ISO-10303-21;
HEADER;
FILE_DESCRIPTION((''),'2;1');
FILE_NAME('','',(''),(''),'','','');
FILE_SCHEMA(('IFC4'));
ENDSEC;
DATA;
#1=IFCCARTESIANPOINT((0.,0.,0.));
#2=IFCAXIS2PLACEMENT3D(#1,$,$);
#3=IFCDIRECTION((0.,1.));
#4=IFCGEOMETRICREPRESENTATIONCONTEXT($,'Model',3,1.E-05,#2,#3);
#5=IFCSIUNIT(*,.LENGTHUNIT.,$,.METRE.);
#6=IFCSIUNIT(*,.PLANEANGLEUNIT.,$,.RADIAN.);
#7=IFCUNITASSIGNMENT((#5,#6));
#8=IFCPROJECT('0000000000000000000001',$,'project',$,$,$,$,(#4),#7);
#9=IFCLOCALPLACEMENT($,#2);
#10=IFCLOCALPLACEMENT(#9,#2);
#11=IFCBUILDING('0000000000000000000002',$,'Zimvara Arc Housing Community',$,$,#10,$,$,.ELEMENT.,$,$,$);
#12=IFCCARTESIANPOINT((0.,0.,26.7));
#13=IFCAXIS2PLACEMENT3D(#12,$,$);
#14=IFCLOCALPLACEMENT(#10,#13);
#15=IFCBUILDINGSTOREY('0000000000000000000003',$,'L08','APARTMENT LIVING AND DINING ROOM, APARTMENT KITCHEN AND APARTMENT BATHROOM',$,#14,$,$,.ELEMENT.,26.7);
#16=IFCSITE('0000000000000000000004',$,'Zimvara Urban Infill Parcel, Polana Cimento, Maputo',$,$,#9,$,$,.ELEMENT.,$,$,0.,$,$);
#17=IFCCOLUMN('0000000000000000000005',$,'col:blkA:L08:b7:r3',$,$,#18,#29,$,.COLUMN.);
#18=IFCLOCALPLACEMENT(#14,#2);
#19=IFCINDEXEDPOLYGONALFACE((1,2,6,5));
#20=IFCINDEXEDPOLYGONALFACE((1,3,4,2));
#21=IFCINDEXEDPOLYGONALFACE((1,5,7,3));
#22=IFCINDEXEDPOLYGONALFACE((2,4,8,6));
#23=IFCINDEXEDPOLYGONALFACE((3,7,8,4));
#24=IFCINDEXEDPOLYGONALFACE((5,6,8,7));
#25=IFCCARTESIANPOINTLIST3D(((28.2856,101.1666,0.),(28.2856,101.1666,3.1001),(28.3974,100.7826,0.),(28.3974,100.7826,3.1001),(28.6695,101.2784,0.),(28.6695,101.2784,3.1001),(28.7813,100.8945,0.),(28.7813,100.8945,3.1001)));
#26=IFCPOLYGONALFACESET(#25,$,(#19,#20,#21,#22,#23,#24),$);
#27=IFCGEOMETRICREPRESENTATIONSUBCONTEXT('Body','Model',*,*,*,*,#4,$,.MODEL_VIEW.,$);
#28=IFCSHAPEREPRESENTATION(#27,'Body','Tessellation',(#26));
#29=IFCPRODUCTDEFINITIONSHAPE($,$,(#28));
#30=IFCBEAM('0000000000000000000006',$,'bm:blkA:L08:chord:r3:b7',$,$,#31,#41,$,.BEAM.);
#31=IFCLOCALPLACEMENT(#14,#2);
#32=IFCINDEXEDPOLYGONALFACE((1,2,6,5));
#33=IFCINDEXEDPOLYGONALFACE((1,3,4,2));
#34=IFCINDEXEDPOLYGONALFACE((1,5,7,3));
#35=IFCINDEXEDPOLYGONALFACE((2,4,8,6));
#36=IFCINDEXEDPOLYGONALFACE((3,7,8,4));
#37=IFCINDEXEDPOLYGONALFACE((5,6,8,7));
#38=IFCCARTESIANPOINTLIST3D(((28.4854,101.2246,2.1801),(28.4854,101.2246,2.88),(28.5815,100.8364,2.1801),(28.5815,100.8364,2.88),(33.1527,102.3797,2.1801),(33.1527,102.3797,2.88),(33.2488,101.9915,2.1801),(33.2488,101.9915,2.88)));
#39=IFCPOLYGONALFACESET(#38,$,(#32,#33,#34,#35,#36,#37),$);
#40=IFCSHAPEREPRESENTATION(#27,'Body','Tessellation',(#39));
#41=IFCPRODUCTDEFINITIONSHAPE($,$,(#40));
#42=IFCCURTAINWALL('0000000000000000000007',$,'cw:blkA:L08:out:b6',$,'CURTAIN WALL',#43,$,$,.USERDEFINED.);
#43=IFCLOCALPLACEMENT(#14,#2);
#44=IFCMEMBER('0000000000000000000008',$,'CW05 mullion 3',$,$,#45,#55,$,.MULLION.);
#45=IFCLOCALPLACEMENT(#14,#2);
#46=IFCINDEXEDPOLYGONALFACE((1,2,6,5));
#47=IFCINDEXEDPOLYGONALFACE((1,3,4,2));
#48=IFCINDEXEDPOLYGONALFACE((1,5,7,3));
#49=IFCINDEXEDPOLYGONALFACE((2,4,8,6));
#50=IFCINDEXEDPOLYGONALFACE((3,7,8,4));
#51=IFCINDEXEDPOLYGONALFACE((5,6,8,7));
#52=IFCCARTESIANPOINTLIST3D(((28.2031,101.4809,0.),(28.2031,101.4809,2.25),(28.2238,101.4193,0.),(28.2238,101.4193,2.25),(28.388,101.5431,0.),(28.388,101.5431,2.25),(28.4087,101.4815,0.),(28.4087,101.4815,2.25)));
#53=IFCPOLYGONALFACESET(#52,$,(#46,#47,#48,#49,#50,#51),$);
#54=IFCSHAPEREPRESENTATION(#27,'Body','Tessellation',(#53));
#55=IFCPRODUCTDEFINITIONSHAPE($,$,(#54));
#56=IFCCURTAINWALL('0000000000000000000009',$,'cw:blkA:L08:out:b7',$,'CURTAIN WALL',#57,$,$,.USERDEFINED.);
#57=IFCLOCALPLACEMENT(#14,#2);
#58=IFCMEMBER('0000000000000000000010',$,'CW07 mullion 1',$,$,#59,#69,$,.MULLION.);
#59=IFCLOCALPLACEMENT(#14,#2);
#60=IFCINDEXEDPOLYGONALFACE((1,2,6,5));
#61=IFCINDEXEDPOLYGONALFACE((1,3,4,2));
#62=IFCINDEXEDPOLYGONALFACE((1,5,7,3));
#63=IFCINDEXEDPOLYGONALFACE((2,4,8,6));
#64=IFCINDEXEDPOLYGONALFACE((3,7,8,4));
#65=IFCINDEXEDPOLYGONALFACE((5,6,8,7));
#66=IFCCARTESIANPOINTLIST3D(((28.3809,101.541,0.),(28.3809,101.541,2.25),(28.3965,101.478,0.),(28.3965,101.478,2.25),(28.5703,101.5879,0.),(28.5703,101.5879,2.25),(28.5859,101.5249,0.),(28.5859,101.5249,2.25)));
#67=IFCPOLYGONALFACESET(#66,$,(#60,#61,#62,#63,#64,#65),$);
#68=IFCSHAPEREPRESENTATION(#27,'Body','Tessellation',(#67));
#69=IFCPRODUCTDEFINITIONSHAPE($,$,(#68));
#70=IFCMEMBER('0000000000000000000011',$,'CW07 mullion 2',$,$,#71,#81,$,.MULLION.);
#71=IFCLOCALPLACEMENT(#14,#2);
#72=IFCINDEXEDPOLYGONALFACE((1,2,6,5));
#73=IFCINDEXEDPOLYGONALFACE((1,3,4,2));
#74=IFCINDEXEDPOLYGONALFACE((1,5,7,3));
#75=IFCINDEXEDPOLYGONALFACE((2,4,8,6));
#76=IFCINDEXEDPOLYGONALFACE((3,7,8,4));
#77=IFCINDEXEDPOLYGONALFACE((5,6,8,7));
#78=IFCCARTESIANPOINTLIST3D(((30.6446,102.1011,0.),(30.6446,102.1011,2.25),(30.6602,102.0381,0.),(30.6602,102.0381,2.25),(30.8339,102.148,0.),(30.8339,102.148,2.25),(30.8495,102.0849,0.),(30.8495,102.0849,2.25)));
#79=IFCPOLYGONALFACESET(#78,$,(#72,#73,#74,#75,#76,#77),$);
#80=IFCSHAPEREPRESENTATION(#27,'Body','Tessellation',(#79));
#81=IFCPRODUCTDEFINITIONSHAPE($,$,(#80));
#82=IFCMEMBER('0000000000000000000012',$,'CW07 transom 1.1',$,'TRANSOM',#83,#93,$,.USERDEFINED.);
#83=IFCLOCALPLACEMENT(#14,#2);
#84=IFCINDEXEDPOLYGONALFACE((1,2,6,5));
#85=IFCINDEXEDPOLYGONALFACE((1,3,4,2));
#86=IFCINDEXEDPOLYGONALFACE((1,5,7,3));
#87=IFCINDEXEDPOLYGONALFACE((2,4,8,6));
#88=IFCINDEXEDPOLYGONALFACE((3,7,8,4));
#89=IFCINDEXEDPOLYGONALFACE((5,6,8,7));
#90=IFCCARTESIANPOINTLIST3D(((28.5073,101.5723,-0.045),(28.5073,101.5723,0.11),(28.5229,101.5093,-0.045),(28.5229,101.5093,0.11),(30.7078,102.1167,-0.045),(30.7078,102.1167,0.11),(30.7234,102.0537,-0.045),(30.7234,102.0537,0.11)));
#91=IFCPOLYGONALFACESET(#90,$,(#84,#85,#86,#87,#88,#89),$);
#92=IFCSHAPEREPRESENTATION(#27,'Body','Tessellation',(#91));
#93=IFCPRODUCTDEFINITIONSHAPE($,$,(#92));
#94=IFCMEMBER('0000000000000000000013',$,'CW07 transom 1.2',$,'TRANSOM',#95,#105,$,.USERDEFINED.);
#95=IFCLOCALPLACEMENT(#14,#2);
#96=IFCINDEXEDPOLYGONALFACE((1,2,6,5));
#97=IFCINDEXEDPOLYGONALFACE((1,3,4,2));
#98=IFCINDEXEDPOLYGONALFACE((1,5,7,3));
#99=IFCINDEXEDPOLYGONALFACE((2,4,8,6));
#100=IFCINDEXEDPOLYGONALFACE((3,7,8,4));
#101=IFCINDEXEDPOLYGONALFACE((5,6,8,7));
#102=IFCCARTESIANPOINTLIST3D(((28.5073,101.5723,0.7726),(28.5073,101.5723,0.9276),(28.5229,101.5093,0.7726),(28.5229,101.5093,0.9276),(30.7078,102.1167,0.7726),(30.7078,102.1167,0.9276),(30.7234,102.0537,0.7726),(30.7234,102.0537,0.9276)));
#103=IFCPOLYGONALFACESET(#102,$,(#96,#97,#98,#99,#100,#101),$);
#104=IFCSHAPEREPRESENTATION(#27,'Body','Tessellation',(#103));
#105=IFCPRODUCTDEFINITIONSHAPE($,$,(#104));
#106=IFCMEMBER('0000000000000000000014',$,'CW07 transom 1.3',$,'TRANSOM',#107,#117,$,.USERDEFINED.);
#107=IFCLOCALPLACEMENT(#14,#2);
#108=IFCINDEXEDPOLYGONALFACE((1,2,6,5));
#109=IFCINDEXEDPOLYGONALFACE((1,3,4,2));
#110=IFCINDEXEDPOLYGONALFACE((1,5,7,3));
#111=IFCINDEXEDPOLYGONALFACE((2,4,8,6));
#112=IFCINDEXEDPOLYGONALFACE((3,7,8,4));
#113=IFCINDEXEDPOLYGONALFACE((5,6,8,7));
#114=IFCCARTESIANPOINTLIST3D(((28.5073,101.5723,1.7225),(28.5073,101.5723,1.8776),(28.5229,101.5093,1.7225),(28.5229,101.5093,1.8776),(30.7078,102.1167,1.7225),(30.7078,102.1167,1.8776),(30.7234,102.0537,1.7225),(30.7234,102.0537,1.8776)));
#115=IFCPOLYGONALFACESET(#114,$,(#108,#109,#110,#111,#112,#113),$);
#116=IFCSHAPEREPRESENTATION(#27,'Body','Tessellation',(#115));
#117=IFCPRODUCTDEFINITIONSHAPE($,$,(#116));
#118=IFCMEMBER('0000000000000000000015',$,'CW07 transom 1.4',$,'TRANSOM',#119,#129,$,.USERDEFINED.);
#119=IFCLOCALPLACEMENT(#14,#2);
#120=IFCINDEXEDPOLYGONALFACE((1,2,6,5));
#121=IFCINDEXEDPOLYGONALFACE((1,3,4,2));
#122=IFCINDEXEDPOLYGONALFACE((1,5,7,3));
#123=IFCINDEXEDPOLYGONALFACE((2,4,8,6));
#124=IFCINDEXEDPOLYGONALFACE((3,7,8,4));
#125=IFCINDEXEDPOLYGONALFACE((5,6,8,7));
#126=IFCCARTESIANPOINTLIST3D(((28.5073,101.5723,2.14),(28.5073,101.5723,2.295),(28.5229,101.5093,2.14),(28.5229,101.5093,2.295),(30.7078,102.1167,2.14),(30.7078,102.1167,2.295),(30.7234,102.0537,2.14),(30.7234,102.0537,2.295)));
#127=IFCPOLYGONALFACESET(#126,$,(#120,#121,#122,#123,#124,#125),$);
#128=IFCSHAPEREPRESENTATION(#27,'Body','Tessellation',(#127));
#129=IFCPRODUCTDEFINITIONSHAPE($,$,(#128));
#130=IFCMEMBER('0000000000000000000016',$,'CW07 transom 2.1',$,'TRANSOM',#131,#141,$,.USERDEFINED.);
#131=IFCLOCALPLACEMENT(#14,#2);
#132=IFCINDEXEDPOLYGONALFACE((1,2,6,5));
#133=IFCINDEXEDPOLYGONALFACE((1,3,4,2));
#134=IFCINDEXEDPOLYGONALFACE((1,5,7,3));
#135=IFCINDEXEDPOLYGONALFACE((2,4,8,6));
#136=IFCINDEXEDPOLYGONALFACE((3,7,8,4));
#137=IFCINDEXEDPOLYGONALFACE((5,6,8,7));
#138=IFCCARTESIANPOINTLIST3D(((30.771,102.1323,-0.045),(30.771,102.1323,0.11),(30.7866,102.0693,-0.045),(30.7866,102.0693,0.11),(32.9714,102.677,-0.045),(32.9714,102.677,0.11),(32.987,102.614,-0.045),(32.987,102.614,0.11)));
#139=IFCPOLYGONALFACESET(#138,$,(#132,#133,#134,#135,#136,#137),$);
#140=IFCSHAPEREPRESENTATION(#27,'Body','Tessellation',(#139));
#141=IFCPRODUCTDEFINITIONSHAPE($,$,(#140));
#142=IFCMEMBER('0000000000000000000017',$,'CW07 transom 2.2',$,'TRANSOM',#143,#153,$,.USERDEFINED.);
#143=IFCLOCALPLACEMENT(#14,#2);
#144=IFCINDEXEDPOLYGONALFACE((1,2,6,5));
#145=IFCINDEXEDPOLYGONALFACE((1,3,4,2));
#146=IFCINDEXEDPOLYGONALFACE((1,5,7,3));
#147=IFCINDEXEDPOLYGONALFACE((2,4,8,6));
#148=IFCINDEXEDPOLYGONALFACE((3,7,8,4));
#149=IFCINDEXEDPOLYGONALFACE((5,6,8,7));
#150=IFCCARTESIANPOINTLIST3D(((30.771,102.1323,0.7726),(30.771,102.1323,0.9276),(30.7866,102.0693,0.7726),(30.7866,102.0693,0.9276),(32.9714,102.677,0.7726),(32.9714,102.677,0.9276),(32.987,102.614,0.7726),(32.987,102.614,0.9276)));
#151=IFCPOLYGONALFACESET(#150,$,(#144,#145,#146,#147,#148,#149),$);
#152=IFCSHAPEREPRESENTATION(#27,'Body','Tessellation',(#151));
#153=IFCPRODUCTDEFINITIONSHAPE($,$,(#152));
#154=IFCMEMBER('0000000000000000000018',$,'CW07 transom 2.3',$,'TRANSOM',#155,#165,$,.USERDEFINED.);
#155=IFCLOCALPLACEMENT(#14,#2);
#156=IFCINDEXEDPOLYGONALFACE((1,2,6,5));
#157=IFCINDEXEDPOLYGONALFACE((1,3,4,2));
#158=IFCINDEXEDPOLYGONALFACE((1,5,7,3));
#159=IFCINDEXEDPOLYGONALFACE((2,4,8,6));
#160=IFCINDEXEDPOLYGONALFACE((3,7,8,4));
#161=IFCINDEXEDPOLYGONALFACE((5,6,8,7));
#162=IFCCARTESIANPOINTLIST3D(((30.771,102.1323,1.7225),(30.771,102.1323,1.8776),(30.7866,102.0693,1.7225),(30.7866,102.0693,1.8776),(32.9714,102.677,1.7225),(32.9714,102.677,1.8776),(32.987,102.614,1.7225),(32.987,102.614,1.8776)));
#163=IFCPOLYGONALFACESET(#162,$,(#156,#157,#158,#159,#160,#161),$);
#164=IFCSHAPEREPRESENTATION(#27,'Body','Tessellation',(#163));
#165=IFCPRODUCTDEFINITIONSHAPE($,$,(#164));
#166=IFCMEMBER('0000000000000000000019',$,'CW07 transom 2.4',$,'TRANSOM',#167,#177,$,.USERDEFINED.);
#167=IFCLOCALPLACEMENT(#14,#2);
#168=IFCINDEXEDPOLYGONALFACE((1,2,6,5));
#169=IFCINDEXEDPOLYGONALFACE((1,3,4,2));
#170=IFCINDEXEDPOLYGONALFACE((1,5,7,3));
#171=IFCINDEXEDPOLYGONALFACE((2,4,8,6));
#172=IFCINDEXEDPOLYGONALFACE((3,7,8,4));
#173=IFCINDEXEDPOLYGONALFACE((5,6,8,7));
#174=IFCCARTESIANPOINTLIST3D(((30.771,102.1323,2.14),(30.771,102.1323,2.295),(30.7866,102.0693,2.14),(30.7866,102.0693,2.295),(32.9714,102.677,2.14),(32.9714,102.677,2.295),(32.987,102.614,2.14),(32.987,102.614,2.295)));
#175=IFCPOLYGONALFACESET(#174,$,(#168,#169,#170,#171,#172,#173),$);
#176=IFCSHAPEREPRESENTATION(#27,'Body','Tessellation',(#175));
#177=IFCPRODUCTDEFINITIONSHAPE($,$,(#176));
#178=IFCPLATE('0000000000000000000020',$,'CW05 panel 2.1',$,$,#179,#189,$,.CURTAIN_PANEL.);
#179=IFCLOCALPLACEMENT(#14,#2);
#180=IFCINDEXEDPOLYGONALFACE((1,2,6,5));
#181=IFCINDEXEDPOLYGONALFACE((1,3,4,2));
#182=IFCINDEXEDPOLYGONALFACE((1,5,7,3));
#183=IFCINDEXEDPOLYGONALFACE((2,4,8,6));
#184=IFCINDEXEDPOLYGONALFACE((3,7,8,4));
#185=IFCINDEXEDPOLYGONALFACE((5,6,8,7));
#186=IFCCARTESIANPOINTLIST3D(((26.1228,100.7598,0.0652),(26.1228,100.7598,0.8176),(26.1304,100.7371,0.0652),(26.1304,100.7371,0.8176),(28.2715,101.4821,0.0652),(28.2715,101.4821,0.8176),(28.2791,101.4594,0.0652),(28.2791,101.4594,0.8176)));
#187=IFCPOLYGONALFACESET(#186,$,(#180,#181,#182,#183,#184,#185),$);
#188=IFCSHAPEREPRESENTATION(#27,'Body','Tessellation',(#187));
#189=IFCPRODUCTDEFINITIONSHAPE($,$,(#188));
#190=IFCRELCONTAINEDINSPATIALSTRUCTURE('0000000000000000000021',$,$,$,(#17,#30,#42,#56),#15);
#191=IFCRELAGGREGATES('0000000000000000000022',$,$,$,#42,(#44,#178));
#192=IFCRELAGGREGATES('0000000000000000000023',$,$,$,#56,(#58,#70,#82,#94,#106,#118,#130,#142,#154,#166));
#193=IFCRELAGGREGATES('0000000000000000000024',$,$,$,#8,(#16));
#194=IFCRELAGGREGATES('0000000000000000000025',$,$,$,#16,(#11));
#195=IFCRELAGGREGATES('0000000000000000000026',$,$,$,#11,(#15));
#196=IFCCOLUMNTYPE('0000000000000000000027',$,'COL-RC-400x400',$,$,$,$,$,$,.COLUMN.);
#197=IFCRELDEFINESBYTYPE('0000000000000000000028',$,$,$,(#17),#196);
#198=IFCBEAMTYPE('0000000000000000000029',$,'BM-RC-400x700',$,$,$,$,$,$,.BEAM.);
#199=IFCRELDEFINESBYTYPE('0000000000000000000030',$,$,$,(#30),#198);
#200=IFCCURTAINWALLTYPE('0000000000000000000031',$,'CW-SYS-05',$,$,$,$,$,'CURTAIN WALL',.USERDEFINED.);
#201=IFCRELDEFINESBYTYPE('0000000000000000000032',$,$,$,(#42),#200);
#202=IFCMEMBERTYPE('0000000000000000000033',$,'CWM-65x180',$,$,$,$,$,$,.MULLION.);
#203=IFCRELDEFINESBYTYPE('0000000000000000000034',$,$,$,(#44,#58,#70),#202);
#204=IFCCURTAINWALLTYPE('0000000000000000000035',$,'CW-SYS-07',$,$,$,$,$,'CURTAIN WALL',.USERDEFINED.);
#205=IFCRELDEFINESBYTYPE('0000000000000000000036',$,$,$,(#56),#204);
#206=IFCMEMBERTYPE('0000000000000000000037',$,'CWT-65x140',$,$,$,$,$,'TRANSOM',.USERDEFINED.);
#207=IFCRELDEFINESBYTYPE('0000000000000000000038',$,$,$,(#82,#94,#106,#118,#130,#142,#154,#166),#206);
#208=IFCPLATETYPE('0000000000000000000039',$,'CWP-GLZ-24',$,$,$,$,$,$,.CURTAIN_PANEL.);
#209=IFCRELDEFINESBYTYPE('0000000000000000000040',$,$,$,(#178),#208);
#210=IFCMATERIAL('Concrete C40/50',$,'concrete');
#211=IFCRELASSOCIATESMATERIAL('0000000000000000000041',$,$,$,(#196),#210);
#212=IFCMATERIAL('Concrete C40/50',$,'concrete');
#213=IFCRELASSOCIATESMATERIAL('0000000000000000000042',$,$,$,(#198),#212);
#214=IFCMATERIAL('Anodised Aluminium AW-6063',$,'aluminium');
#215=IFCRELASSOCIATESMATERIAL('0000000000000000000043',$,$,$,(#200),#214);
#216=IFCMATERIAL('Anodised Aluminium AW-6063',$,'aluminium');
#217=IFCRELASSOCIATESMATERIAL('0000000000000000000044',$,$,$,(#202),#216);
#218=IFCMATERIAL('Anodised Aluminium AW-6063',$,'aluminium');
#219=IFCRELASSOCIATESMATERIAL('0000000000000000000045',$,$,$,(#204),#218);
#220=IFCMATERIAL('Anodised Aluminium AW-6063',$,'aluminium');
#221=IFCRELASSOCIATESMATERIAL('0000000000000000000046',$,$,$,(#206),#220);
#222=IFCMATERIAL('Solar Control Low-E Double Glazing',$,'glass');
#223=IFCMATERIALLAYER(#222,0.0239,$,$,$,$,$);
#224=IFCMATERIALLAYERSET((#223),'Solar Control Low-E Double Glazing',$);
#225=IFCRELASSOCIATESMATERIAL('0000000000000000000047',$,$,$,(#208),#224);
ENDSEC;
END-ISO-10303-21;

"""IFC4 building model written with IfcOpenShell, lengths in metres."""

from ifc_helpers import new_model, si_unit, direction, frame, origin, origin_2d, place, context, subcontext, project, spatial, rectangle, extrude, material, layer, layer_set, material_profile, profile_set, type_object, element, aggregate, save


model = new_model("IFC4")

# Units and contexts
model_context = context("Model", 3, precision=1e-05, world=origin(), true_north=direction((0.0, 1.0)))
body_context = subcontext(model_context, "Body", "Model", "MODEL_VIEW")
ifc_project = project(units=[si_unit("LENGTHUNIT", "METRE"), si_unit("PLANEANGLEUNIT", "RADIAN")], contexts=[model_context])

# Site, building, storey
site_placement = place(None, origin())
site = spatial("IfcSite", under=ifc_project, at=site_placement, Name="Zimvara Urban Infill Parcel, Polana Cimento, Maputo", CompositionType="ELEMENT", RefElevation=0.0)
building_placement = place(site_placement, origin())
building = spatial("IfcBuilding", under=site, at=building_placement, Name="Zimvara Arc Housing Community", CompositionType="ELEMENT")
storey_placement = place(building_placement, frame((0.0, 0.0, 26.7)))
storey = spatial("IfcBuildingStorey", under=building, at=storey_placement, Name="L08", Description="APARTMENT LIVING AND DINING ROOM, APARTMENT KITCHEN AND APARTMENT BATHROOM", CompositionType="ELEMENT", Elevation=26.7)

# Column
ifc_material_1 = material(Name="Concrete C40/50", Category="concrete")
ifc_material_profile_1 = material_profile(ifc_material_1, rectangle(XDim=0.3999, YDim=0.3999, at=origin_2d()), Name="RC 400x400")
ifc_profile_set_1 = profile_set([ifc_material_profile_1], Name="Concrete C40/50")
column_type = type_object("IfcColumnType", Name="COL-RC-400x400", PredefinedType="COLUMN", material=ifc_profile_set_1)
column_placement = place(storey_placement, frame((28.5334, 101.0305, 0.0), z_axis=(0.0, 0.0, 1.0), x_axis=(-0.279661, 0.960099, 0.0)))
element("IfcColumn", 1, at=column_placement, inside=storey, type_object=column_type, Name="col:blkA:L08:b7:r3", PredefinedType="COLUMN", context=body_context, shape_type="SweptSolid", body=[
    extrude(rectangle(XDim=0.3999, YDim=0.3999, at=origin_2d()), origin(), (0.0, 0.0, 1.0), 3.1001),
])

# Beam
ifc_material_2 = material(Name="Concrete C40/50", Category="concrete")
ifc_material_profile_2 = material_profile(ifc_material_2, rectangle(XDim=0.3999, YDim=0.7, at=origin_2d()), Name="RC 400x700")
ifc_profile_set_2 = profile_set([ifc_material_profile_2], Name="Concrete C40/50")
beam_type = type_object("IfcBeamType", Name="BM-RC-400x700", PredefinedType="BEAM", material=ifc_profile_set_2)
beam_placement = place(storey_placement, frame((28.5334, 101.0305, 2.53), z_axis=(0.970716, 0.240229, 0.0), x_axis=(-0.240229, 0.970716, 0.0)))
element("IfcBeam", 2, at=beam_placement, inside=storey, type_object=beam_type, Name="bm:blkA:L08:chord:r3:b7", PredefinedType="BEAM", context=body_context, shape_type="SweptSolid", body=[
    extrude(rectangle(XDim=0.3999, YDim=0.7, at=origin_2d()), origin(), (0.0, 0.0, 1.0), 4.8081),
])

# Curtain wall, member
ifc_material_3 = material(Name="Anodised Aluminium AW-6063", Category="aluminium")
curtain_wall_type_1 = type_object("IfcCurtainWallType", Name="CW-SYS-05", ElementType="CURTAIN WALL", PredefinedType="USERDEFINED", material=ifc_material_3)
curtain_wall_1_placement = place(storey_placement, origin())
curtain_wall_1 = element("IfcCurtainWall", 3, at=curtain_wall_1_placement, inside=storey, type_object=curtain_wall_type_1, Name="cw:blkA:L08:out:b6", ObjectType="CURTAIN WALL", PredefinedType="USERDEFINED")
ifc_material_4 = material(Name="Anodised Aluminium AW-6063", Category="aluminium")
ifc_material_profile_3 = material_profile(ifc_material_4, rectangle(XDim=0.0649, YDim=0.1951, at=origin_2d()), Name="ALU 65x195")
ifc_profile_set_3 = profile_set([ifc_material_profile_3], Name="Anodised Aluminium AW-6063")
member_type_1 = type_object("IfcMemberType", Name="CWM-65x180", PredefinedType="MULLION", material=ifc_profile_set_3)
member_1_placement = place(storey_placement, frame((28.3059, 101.4812, 0.0), z_axis=(0.0, 0.0, 1.0), x_axis=(-0.318629, 0.94788, 0.0)))
member_1 = element("IfcMember", 4, at=member_1_placement, type_object=member_type_1, Name="CW05 mullion 3", PredefinedType="MULLION", context=body_context, shape_type="SweptSolid", body=[
    extrude(rectangle(XDim=0.0649, YDim=0.1951, at=origin_2d()), origin(), (0.0, 0.0, 1.0), 2.25),
])

# Curtain wall, members
ifc_material_5 = material(Name="Anodised Aluminium AW-6063", Category="aluminium")
curtain_wall_type_2 = type_object("IfcCurtainWallType", Name="CW-SYS-07", ElementType="CURTAIN WALL", PredefinedType="USERDEFINED", material=ifc_material_5)
curtain_wall_2_placement = place(storey_placement, origin())
curtain_wall_2 = element("IfcCurtainWall", 5, at=curtain_wall_2_placement, inside=storey, type_object=curtain_wall_type_2, Name="cw:blkA:L08:out:b7", ObjectType="CURTAIN WALL", PredefinedType="USERDEFINED")
member_2_placement = place(storey_placement, frame((28.4834, 101.533, 0.0), z_axis=(0.0, 0.0, 1.0), x_axis=(-0.24023, 0.970716, 0.0)))
member_2 = element("IfcMember", 6, at=member_2_placement, type_object=member_type_1, Name="CW07 mullion 1", PredefinedType="MULLION", context=body_context, shape_type="SweptSolid", body=[
    extrude(rectangle(XDim=0.0649, YDim=0.1951, at=origin_2d()), origin(), (0.0, 0.0, 1.0), 2.25),
])
member_3_placement = place(storey_placement, frame((30.7471, 102.093, 0.0), z_axis=(0.0, 0.0, 1.0), x_axis=(-0.24023, 0.970716, 0.0)))
member_3 = element("IfcMember", 7, at=member_3_placement, type_object=member_type_1, Name="CW07 mullion 2", PredefinedType="MULLION", context=body_context, shape_type="SweptSolid", body=[
    extrude(rectangle(XDim=0.0649, YDim=0.1951, at=origin_2d()), origin(), (0.0, 0.0, 1.0), 2.25),
])
ifc_material_6 = material(Name="Anodised Aluminium AW-6063", Category="aluminium")
ifc_material_profile_4 = material_profile(ifc_material_6, rectangle(XDim=0.0649, YDim=0.155, at=origin_2d()), Name="ALU 65x155")
ifc_profile_set_4 = profile_set([ifc_material_profile_4], Name="Anodised Aluminium AW-6063")
member_type_2 = type_object("IfcMemberType", Name="CWT-65x140", ElementType="TRANSOM", PredefinedType="USERDEFINED", material=ifc_profile_set_4)
member_4_placement = place(storey_placement, frame((28.5151, 101.5408, 0.0325), z_axis=(0.970729, 0.240178, 0.0), x_axis=(-0.240178, 0.970729, 0.0)))
member_4 = element("IfcMember", 8, at=member_4_placement, type_object=member_type_2, Name="CW07 transom 1.1", ObjectType="TRANSOM", PredefinedType="USERDEFINED", context=body_context, shape_type="SweptSolid", body=[
    extrude(rectangle(XDim=0.0649, YDim=0.155, at=origin_2d()), origin(), (0.0, 0.0, 1.0), 2.2668),
])
member_5_placement = place(storey_placement, frame((28.5151, 101.5408, 0.8501), z_axis=(0.970729, 0.240178, 0.0), x_axis=(-0.240178, 0.970729, 0.0)))
member_5 = element("IfcMember", 9, at=member_5_placement, type_object=member_type_2, Name="CW07 transom 1.2", ObjectType="TRANSOM", PredefinedType="USERDEFINED", context=body_context, shape_type="SweptSolid", body=[
    extrude(rectangle(XDim=0.0649, YDim=0.155, at=origin_2d()), origin(), (0.0, 0.0, 1.0), 2.2668),
])
member_6_placement = place(storey_placement, frame((28.5151, 101.5408, 1.8), z_axis=(0.970729, 0.240178, 0.0), x_axis=(-0.240178, 0.970729, 0.0)))
member_6 = element("IfcMember", 10, at=member_6_placement, type_object=member_type_2, Name="CW07 transom 1.3", ObjectType="TRANSOM", PredefinedType="USERDEFINED", context=body_context, shape_type="SweptSolid", body=[
    extrude(rectangle(XDim=0.0649, YDim=0.155, at=origin_2d()), origin(), (0.0, 0.0, 1.0), 2.2668),
])
member_7_placement = place(storey_placement, frame((28.5151, 101.5408, 2.2175), z_axis=(0.970729, 0.240178, 0.0), x_axis=(-0.240178, 0.970729, 0.0)))
member_7 = element("IfcMember", 11, at=member_7_placement, type_object=member_type_2, Name="CW07 transom 1.4", ObjectType="TRANSOM", PredefinedType="USERDEFINED", context=body_context, shape_type="SweptSolid", body=[
    extrude(rectangle(XDim=0.0649, YDim=0.155, at=origin_2d()), origin(), (0.0, 0.0, 1.0), 2.2668),
])
member_8_placement = place(storey_placement, frame((30.7788, 102.1008, 0.0325), z_axis=(0.970704, 0.24028, 0.0), x_axis=(-0.24028, 0.970704, 0.0)))
member_8 = element("IfcMember", 12, at=member_8_placement, type_object=member_type_2, Name="CW07 transom 2.1", ObjectType="TRANSOM", PredefinedType="USERDEFINED", context=body_context, shape_type="SweptSolid", body=[
    extrude(rectangle(XDim=0.0649, YDim=0.155, at=origin_2d()), origin(), (0.0, 0.0, 1.0), 2.2668),
])
member_9_placement = place(storey_placement, frame((30.7788, 102.1008, 0.8501), z_axis=(0.970704, 0.24028, 0.0), x_axis=(-0.24028, 0.970704, 0.0)))
member_9 = element("IfcMember", 13, at=member_9_placement, type_object=member_type_2, Name="CW07 transom 2.2", ObjectType="TRANSOM", PredefinedType="USERDEFINED", context=body_context, shape_type="SweptSolid", body=[
    extrude(rectangle(XDim=0.0649, YDim=0.155, at=origin_2d()), origin(), (0.0, 0.0, 1.0), 2.2668),
])
member_10_placement = place(storey_placement, frame((30.7788, 102.1008, 1.8), z_axis=(0.970704, 0.24028, 0.0), x_axis=(-0.24028, 0.970704, 0.0)))
member_10 = element("IfcMember", 14, at=member_10_placement, type_object=member_type_2, Name="CW07 transom 2.3", ObjectType="TRANSOM", PredefinedType="USERDEFINED", context=body_context, shape_type="SweptSolid", body=[
    extrude(rectangle(XDim=0.0649, YDim=0.155, at=origin_2d()), origin(), (0.0, 0.0, 1.0), 2.2668),
])
member_11_placement = place(storey_placement, frame((30.7788, 102.1008, 2.2175), z_axis=(0.970704, 0.24028, 0.0), x_axis=(-0.24028, 0.970704, 0.0)))
member_11 = element("IfcMember", 15, at=member_11_placement, type_object=member_type_2, Name="CW07 transom 2.4", ObjectType="TRANSOM", PredefinedType="USERDEFINED", context=body_context, shape_type="SweptSolid", body=[
    extrude(rectangle(XDim=0.0649, YDim=0.155, at=origin_2d()), origin(), (0.0, 0.0, 1.0), 2.2668),
])

# Plate
ifc_material_7 = material(Name="Solar Control Low-E Double Glazing", Category="glass")
ifc_layer_1 = layer(ifc_material_7, 0.0239)
ifc_layer_set_1 = layer_set([ifc_layer_1], Name="Solar Control Low-E Double Glazing")
plate_type_1 = type_object("IfcPlateType", Name="CWP-GLZ-24", PredefinedType="CURTAIN_PANEL", material=ifc_layer_set_1)
plate_1_placement = place(storey_placement, frame((27.2009, 101.1096, 0.0652), z_axis=(0.0, 0.0, 1.0), x_axis=(0.94788, 0.318629, 0.0)))
plate_1 = element("IfcPlate", 16, at=plate_1_placement, type_object=plate_type_1, Name="CW05 panel 2.1", PredefinedType="CURTAIN_PANEL", context=body_context, shape_type="SweptSolid", body=[
    extrude(rectangle(XDim=2.2668, YDim=0.0239, at=origin_2d()), origin(), (0.0, 0.0, 1.0), 0.7524),
])
aggregate(curtain_wall_1, [member_1, plate_1])
aggregate(curtain_wall_2, [member_2, member_3, member_4, member_5, member_6, member_7, member_8, member_9, member_10, member_11])

save(model, "model.ifc")
